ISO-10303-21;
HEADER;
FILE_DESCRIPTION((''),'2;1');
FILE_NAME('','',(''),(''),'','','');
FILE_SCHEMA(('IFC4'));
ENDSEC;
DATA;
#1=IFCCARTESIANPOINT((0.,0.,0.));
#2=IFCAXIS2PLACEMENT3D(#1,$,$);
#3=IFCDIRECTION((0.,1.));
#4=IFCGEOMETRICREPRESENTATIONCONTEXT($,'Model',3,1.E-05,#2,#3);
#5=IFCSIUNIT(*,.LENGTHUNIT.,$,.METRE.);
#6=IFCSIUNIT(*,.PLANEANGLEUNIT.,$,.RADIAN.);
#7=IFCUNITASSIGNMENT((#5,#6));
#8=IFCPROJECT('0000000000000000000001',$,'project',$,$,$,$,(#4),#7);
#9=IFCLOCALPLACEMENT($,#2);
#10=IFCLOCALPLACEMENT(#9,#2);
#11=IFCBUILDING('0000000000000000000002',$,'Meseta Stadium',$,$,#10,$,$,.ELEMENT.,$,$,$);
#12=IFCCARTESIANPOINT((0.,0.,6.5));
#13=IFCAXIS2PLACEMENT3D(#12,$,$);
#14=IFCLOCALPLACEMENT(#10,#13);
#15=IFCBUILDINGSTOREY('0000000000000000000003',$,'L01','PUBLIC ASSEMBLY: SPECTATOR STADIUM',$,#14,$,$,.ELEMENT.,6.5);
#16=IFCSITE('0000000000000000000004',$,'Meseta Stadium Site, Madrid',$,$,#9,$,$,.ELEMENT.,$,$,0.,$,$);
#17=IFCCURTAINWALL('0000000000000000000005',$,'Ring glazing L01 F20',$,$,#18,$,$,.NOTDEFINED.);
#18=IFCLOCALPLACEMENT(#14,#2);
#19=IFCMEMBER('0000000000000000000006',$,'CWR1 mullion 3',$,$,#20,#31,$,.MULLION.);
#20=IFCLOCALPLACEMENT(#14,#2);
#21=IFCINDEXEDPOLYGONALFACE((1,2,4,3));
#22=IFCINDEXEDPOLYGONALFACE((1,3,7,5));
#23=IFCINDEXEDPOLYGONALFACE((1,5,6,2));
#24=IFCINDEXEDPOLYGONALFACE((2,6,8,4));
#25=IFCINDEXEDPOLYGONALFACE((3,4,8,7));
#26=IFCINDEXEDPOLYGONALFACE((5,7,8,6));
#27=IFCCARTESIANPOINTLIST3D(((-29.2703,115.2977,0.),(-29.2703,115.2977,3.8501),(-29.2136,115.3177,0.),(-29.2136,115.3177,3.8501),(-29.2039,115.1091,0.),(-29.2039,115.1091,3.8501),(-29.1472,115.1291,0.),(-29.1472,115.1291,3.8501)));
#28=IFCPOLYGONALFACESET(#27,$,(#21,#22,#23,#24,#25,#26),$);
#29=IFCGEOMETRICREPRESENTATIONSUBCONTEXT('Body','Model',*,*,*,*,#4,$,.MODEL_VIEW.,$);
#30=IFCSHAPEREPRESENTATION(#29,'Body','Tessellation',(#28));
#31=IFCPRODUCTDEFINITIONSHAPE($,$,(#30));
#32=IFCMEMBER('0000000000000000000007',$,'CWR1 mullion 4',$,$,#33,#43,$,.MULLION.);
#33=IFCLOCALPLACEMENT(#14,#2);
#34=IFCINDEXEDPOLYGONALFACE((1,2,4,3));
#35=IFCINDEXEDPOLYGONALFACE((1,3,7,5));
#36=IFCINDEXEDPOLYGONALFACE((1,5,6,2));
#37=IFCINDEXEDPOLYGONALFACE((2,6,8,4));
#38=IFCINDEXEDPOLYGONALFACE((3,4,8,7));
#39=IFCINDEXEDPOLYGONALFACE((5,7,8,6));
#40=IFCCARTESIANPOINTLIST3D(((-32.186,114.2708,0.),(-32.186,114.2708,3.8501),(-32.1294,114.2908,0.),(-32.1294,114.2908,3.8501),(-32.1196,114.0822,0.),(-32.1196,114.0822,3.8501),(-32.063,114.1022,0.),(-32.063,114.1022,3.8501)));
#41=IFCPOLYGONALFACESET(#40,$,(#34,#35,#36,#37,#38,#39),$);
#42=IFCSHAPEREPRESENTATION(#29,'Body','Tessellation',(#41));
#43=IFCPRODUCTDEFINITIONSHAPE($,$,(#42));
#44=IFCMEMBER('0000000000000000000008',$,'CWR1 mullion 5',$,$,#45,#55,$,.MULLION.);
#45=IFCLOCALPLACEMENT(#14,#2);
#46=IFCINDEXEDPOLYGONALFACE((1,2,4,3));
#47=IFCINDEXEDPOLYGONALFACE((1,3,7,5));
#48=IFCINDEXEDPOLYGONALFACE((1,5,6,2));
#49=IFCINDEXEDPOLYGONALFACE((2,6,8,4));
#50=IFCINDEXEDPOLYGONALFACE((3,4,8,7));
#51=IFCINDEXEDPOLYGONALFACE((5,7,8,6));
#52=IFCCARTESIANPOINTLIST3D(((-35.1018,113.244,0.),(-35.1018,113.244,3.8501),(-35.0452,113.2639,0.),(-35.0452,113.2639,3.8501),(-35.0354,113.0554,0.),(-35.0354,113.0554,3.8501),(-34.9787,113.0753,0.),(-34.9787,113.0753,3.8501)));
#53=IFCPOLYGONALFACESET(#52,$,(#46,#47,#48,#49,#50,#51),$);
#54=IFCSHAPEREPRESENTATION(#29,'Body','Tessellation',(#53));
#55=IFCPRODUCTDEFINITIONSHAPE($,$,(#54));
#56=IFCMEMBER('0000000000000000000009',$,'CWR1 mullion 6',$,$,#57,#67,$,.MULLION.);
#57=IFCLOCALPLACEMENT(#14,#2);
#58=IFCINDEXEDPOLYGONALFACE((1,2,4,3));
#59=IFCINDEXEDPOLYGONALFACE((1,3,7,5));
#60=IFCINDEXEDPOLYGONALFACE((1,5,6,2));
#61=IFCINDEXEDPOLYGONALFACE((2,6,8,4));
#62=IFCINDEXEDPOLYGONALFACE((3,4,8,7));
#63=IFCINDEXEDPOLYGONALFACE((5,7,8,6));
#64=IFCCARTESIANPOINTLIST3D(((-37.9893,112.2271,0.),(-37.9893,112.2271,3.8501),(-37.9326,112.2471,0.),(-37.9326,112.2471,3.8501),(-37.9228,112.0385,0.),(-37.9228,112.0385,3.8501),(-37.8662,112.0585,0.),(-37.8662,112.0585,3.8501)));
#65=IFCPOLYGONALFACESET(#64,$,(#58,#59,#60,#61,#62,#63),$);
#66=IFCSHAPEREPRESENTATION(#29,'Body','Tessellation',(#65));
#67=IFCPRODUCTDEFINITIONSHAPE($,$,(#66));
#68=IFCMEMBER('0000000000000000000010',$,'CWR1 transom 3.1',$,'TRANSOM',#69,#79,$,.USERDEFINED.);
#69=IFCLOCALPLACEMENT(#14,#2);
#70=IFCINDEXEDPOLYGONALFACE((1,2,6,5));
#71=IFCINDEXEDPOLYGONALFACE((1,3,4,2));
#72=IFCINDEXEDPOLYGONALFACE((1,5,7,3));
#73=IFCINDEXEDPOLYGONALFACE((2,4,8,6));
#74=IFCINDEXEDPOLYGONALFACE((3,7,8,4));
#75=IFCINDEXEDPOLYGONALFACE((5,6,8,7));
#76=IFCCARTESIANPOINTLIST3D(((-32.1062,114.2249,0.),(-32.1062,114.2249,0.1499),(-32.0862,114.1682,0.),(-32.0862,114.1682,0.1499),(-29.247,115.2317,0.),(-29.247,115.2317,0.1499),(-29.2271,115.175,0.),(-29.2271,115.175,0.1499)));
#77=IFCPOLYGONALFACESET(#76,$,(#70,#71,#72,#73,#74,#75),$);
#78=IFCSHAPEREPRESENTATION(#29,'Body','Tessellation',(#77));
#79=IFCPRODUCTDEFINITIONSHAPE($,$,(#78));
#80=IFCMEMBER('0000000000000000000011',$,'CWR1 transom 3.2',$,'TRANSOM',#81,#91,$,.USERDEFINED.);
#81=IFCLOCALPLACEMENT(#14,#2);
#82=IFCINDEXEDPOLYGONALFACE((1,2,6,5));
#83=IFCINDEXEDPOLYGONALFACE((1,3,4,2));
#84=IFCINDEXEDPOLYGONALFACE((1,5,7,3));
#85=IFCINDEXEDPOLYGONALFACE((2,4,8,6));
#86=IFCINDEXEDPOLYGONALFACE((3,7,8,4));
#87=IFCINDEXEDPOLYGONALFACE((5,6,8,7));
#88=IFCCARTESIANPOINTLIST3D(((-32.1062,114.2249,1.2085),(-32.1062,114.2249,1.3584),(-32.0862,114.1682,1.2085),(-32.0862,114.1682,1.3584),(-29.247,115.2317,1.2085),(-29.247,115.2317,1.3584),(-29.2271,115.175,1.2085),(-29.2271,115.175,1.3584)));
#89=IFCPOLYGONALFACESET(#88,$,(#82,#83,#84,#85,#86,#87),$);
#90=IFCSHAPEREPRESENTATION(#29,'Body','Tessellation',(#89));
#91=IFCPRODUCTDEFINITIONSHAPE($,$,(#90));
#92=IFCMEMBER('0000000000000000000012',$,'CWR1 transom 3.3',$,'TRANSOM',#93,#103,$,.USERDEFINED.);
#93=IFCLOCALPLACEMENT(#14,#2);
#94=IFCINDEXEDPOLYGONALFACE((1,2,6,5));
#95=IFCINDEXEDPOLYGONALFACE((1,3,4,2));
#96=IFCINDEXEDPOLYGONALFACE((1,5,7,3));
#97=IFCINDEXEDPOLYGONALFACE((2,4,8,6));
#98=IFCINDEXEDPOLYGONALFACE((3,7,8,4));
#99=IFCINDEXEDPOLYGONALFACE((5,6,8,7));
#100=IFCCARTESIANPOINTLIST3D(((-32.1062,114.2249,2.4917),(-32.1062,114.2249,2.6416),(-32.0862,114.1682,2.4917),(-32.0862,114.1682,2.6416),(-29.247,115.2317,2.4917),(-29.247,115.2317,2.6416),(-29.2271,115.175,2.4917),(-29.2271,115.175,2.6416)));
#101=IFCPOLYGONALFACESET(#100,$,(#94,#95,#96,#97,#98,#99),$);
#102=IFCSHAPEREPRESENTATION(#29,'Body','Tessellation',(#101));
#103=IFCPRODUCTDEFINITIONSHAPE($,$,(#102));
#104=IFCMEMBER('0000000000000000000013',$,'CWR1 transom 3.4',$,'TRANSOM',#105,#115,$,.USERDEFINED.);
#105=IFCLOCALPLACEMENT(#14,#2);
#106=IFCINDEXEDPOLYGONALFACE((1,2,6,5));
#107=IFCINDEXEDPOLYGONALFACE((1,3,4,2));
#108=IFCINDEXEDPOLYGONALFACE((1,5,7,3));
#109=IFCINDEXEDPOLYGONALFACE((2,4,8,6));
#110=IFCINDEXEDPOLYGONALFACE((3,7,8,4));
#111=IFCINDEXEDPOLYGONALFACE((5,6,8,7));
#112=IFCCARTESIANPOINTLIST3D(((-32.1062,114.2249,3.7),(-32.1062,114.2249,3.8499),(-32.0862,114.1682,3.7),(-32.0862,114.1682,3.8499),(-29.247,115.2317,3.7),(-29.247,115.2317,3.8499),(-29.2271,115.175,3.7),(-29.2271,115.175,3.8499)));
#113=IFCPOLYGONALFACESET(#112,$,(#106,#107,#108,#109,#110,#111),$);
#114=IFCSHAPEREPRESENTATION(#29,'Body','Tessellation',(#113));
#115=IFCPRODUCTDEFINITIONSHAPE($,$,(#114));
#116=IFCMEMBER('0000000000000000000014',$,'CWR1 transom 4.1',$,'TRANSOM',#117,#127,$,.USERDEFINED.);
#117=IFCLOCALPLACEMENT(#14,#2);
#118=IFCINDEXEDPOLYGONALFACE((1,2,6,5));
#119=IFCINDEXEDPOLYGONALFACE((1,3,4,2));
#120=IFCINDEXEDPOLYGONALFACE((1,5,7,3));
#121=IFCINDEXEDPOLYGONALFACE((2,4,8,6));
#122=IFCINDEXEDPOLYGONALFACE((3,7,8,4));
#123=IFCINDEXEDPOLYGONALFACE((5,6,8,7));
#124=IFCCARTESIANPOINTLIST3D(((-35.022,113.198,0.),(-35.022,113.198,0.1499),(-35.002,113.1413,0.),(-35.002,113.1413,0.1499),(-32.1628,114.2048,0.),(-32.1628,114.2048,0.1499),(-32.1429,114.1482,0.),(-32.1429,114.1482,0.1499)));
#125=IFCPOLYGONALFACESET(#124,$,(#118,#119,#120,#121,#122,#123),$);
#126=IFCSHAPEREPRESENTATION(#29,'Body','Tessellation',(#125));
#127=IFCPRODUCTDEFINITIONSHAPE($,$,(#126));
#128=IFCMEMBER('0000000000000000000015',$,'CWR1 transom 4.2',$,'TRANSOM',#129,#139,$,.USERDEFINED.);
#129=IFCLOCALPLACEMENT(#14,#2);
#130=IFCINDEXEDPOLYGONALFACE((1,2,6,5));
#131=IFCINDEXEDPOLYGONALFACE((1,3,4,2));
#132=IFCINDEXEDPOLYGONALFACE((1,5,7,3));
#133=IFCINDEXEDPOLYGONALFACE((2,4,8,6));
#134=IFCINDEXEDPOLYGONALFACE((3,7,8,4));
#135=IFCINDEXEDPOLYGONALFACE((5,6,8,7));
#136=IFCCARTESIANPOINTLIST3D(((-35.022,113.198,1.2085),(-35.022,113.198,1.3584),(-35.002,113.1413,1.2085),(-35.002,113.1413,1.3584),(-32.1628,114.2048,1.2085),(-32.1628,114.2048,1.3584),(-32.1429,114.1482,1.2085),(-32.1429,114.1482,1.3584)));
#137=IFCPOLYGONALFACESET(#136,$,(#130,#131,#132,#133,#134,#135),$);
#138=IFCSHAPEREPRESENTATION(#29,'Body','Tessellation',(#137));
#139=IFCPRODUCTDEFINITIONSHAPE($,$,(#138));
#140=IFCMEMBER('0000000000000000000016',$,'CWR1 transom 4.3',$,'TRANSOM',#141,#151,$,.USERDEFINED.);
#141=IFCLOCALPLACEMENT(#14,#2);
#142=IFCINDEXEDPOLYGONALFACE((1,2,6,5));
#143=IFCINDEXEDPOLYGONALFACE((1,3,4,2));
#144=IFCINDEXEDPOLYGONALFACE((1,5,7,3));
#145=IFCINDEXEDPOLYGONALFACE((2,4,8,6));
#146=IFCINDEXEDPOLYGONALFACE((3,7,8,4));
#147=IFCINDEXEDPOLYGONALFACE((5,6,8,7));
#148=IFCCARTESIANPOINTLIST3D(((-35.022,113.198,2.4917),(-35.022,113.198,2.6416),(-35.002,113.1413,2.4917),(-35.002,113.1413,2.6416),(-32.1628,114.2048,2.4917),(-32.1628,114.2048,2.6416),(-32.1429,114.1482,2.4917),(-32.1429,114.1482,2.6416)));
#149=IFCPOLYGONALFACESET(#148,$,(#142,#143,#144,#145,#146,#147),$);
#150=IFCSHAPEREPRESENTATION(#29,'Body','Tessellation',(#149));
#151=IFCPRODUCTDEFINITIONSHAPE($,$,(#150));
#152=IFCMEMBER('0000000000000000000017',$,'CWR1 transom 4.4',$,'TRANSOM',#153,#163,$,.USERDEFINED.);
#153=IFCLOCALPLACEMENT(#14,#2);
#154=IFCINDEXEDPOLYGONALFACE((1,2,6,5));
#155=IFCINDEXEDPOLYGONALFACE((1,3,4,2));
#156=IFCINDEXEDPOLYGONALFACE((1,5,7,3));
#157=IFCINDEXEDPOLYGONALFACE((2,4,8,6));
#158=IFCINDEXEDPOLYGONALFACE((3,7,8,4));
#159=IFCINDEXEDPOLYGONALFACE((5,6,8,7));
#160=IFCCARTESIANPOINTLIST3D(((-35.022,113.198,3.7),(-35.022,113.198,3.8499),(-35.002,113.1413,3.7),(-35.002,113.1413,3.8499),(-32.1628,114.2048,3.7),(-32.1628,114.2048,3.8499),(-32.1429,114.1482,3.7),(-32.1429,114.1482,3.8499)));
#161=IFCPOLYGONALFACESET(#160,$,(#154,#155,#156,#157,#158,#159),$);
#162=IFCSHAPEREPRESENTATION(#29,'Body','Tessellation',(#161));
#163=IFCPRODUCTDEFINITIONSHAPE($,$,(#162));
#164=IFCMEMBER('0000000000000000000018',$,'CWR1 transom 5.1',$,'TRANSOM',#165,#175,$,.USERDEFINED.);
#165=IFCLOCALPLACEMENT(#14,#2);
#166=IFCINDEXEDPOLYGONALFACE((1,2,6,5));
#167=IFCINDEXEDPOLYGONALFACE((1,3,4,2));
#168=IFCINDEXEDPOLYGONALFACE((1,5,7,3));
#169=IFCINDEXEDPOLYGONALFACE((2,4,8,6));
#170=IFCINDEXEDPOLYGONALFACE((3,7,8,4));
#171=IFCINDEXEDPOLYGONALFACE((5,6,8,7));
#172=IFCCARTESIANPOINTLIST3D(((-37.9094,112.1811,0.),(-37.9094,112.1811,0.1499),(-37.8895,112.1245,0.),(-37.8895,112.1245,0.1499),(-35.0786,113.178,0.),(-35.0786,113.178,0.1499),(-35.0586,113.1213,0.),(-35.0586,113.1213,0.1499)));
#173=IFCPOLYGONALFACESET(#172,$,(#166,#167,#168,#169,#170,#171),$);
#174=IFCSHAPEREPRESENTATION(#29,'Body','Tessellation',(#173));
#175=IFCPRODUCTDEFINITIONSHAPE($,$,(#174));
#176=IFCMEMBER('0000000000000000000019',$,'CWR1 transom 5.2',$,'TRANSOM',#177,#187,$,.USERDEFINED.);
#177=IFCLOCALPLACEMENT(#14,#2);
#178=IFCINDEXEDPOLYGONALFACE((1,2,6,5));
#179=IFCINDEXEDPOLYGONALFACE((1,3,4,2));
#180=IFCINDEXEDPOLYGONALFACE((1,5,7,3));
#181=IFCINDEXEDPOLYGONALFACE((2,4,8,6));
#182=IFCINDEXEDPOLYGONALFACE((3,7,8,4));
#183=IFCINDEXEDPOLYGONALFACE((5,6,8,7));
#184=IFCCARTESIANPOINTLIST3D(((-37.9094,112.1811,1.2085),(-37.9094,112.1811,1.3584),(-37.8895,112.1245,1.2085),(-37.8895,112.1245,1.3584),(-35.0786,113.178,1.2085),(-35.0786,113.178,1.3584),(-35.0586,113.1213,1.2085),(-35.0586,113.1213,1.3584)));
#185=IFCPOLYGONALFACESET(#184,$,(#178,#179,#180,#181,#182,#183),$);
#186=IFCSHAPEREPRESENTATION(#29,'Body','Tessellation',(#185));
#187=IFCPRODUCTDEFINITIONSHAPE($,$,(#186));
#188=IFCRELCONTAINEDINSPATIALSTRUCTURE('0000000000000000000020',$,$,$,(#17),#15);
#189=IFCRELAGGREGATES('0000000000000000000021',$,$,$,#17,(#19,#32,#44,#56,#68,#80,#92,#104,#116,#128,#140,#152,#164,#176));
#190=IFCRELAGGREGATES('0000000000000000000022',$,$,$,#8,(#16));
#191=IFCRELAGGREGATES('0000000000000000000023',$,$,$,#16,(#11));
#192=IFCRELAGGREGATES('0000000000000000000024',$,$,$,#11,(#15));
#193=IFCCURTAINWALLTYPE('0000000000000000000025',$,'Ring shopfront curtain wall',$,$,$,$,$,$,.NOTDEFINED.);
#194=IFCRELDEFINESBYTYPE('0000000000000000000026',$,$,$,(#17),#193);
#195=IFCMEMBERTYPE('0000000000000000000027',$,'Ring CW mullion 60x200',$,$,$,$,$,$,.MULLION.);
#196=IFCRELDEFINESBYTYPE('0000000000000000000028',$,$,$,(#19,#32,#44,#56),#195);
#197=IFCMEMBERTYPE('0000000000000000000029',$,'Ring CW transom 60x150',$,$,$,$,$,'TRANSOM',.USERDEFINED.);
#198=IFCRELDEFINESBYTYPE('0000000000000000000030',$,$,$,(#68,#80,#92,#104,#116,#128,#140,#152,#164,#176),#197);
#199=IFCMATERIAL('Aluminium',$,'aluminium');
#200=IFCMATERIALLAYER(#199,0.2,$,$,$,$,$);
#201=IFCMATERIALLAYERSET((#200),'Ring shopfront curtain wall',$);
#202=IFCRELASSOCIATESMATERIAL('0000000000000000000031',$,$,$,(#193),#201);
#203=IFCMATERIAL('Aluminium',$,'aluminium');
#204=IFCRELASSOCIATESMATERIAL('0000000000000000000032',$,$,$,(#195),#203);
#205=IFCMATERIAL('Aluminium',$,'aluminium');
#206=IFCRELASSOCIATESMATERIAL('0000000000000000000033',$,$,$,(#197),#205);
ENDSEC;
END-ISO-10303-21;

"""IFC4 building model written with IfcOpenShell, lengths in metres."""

from ifc_helpers import new_model, si_unit, direction, frame, origin, origin_2d, place, context, subcontext, project, spatial, rectangle, extrude, material, layer, layer_set, material_profile, profile_set, type_object, element, aggregate, save


model = new_model("IFC4")

# Units and contexts
model_context = context("Model", 3, precision=1e-05, world=origin(), true_north=direction((0.0, 1.0)))
body_context = subcontext(model_context, "Body", "Model", "MODEL_VIEW")
ifc_project = project(units=[si_unit("LENGTHUNIT", "METRE"), si_unit("PLANEANGLEUNIT", "RADIAN")], contexts=[model_context])

# Site, building, storey
site_placement = place(None, origin())
site = spatial("IfcSite", under=ifc_project, at=site_placement, Name="Meseta Stadium Site, Madrid", CompositionType="ELEMENT", RefElevation=0.0)
building_placement = place(site_placement, origin())
building = spatial("IfcBuilding", under=site, at=building_placement, Name="Meseta Stadium", CompositionType="ELEMENT")
storey_placement = place(building_placement, frame((0.0, 0.0, 6.5)))
storey = spatial("IfcBuildingStorey", under=building, at=storey_placement, Name="L01", Description="PUBLIC ASSEMBLY: SPECTATOR STADIUM", CompositionType="ELEMENT", Elevation=6.5)

# Curtain wall, members
ifc_material_1 = material(Name="Aluminium", Category="aluminium")
ifc_layer_1 = layer(ifc_material_1, 0.2)
ifc_layer_set_1 = layer_set([ifc_layer_1], Name="Ring shopfront curtain wall")
curtain_wall_type = type_object("IfcCurtainWallType", Name="Ring shopfront curtain wall", PredefinedType="NOTDEFINED", material=ifc_layer_set_1)
curtain_wall_placement = place(storey_placement, origin())
curtain_wall = element("IfcCurtainWall", 1, at=curtain_wall_placement, inside=storey, type_object=curtain_wall_type, Name="Ring glazing L01 F20", PredefinedType="NOTDEFINED")
ifc_material_2 = material(Name="Aluminium", Category="aluminium")
ifc_material_profile_1 = material_profile(ifc_material_2, rectangle(XDim=0.2, YDim=0.0601, at=origin_2d()), Name="CW 200x60")
ifc_profile_set_1 = profile_set([ifc_material_profile_1], Name="Aluminium")
member_type_1 = type_object("IfcMemberType", Name="Ring CW mullion 60x200", PredefinedType="MULLION", material=ifc_profile_set_1)
member_1_placement = place(storey_placement, frame((-29.2087, 115.2134, 0.0), z_axis=(0.0, 0.0, 1.0), x_axis=(0.332174, -0.943218, 0.0)))
member_1 = element("IfcMember", 2, at=member_1_placement, type_object=member_type_1, Name="CWR1 mullion 3", PredefinedType="MULLION", context=body_context, shape_type="SweptSolid", body=[
    extrude(rectangle(XDim=0.2, YDim=0.0601, at=origin_2d()), origin(), (0.0, 0.0, 1.0), 3.8501),
])
member_2_placement = place(storey_placement, frame((-32.1245, 114.1865, 0.0), z_axis=(0.0, 0.0, 1.0), x_axis=(0.332174, -0.943218, 0.0)))
member_2 = element("IfcMember", 3, at=member_2_placement, type_object=member_type_1, Name="CWR1 mullion 4", PredefinedType="MULLION", context=body_context, shape_type="SweptSolid", body=[
    extrude(rectangle(XDim=0.2, YDim=0.0601, at=origin_2d()), origin(), (0.0, 0.0, 1.0), 3.8501),
])
member_3_placement = place(storey_placement, frame((-35.0403, 113.1597, 0.0), z_axis=(0.0, 0.0, 1.0), x_axis=(0.332174, -0.943218, 0.0)))
member_3 = element("IfcMember", 4, at=member_3_placement, type_object=member_type_1, Name="CWR1 mullion 5", PredefinedType="MULLION", context=body_context, shape_type="SweptSolid", body=[
    extrude(rectangle(XDim=0.2, YDim=0.0601, at=origin_2d()), origin(), (0.0, 0.0, 1.0), 3.8501),
])
member_4_placement = place(storey_placement, frame((-37.9277, 112.1428, 0.0), z_axis=(0.0, 0.0, 1.0), x_axis=(0.332174, -0.943218, 0.0)))
member_4 = element("IfcMember", 5, at=member_4_placement, type_object=member_type_1, Name="CWR1 mullion 6", PredefinedType="MULLION", context=body_context, shape_type="SweptSolid", body=[
    extrude(rectangle(XDim=0.2, YDim=0.0601, at=origin_2d()), origin(), (0.0, 0.0, 1.0), 3.8501),
])
ifc_material_3 = material(Name="Aluminium", Category="aluminium")
ifc_material_profile_2 = material_profile(ifc_material_3, rectangle(XDim=0.0601, YDim=0.1499, at=origin_2d()), Name="CW 60x150")
ifc_profile_set_2 = profile_set([ifc_material_profile_2], Name="Aluminium")
member_type_2 = type_object("IfcMemberType", Name="Ring CW transom 60x150", ElementType="TRANSOM", PredefinedType="USERDEFINED", material=ifc_profile_set_2)
member_5_placement = place(storey_placement, frame((-29.2371, 115.2034, 0.075), z_axis=(-0.943225, -0.332154, 0.0), x_axis=(0.332154, -0.943225, 0.0)))
member_5 = element("IfcMember", 6, at=member_5_placement, type_object=member_type_2, Name="CWR1 transom 3.1", ObjectType="TRANSOM", PredefinedType="USERDEFINED", context=body_context, shape_type="SweptSolid", body=[
    extrude(rectangle(XDim=0.0601, YDim=0.1499, at=origin_2d()), origin(), (0.0, 0.0, 1.0), 3.0312),
])
member_6_placement = place(storey_placement, frame((-29.2371, 115.2034, 1.2834), z_axis=(-0.943225, -0.332154, 0.0), x_axis=(0.332154, -0.943225, 0.0)))
member_6 = element("IfcMember", 7, at=member_6_placement, type_object=member_type_2, Name="CWR1 transom 3.2", ObjectType="TRANSOM", PredefinedType="USERDEFINED", context=body_context, shape_type="SweptSolid", body=[
    extrude(rectangle(XDim=0.0601, YDim=0.1499, at=origin_2d()), origin(), (0.0, 0.0, 1.0), 3.0312),
])
member_7_placement = place(storey_placement, frame((-29.2371, 115.2034, 2.5667), z_axis=(-0.943225, -0.332154, 0.0), x_axis=(0.332154, -0.943225, 0.0)))
member_7 = element("IfcMember", 8, at=member_7_placement, type_object=member_type_2, Name="CWR1 transom 3.3", ObjectType="TRANSOM", PredefinedType="USERDEFINED", context=body_context, shape_type="SweptSolid", body=[
    extrude(rectangle(XDim=0.0601, YDim=0.1499, at=origin_2d()), origin(), (0.0, 0.0, 1.0), 3.0312),
])
member_8_placement = place(storey_placement, frame((-29.2371, 115.2034, 3.7749), z_axis=(-0.943225, -0.332154, 0.0), x_axis=(0.332154, -0.943225, 0.0)))
member_8 = element("IfcMember", 9, at=member_8_placement, type_object=member_type_2, Name="CWR1 transom 3.4", ObjectType="TRANSOM", PredefinedType="USERDEFINED", context=body_context, shape_type="SweptSolid", body=[
    extrude(rectangle(XDim=0.0601, YDim=0.1499, at=origin_2d()), origin(), (0.0, 0.0, 1.0), 3.0312),
])
member_9_placement = place(storey_placement, frame((-32.1528, 114.1765, 0.075), z_axis=(-0.943225, -0.332154, 0.0), x_axis=(0.332154, -0.943225, 0.0)))
member_9 = element("IfcMember", 10, at=member_9_placement, type_object=member_type_2, Name="CWR1 transom 4.1", ObjectType="TRANSOM", PredefinedType="USERDEFINED", context=body_context, shape_type="SweptSolid", body=[
    extrude(rectangle(XDim=0.0601, YDim=0.1499, at=origin_2d()), origin(), (0.0, 0.0, 1.0), 3.0312),
])
member_10_placement = place(storey_placement, frame((-32.1528, 114.1765, 1.2834), z_axis=(-0.943225, -0.332154, 0.0), x_axis=(0.332154, -0.943225, 0.0)))
member_10 = element("IfcMember", 11, at=member_10_placement, type_object=member_type_2, Name="CWR1 transom 4.2", ObjectType="TRANSOM", PredefinedType="USERDEFINED", context=body_context, shape_type="SweptSolid", body=[
    extrude(rectangle(XDim=0.0601, YDim=0.1499, at=origin_2d()), origin(), (0.0, 0.0, 1.0), 3.0312),
])
member_11_placement = place(storey_placement, frame((-32.1528, 114.1765, 2.5667), z_axis=(-0.943225, -0.332154, 0.0), x_axis=(0.332154, -0.943225, 0.0)))
member_11 = element("IfcMember", 12, at=member_11_placement, type_object=member_type_2, Name="CWR1 transom 4.3", ObjectType="TRANSOM", PredefinedType="USERDEFINED", context=body_context, shape_type="SweptSolid", body=[
    extrude(rectangle(XDim=0.0601, YDim=0.1499, at=origin_2d()), origin(), (0.0, 0.0, 1.0), 3.0312),
])
member_12_placement = place(storey_placement, frame((-32.1528, 114.1765, 3.7749), z_axis=(-0.943225, -0.332154, 0.0), x_axis=(0.332154, -0.943225, 0.0)))
member_12 = element("IfcMember", 13, at=member_12_placement, type_object=member_type_2, Name="CWR1 transom 4.4", ObjectType="TRANSOM", PredefinedType="USERDEFINED", context=body_context, shape_type="SweptSolid", body=[
    extrude(rectangle(XDim=0.0601, YDim=0.1499, at=origin_2d()), origin(), (0.0, 0.0, 1.0), 3.0312),
])
member_13_placement = place(storey_placement, frame((-35.0686, 113.1497, 0.075), z_axis=(-0.943229, -0.332143, 0.0), x_axis=(0.332143, -0.943229, 0.0)))
member_13 = element("IfcMember", 14, at=member_13_placement, type_object=member_type_2, Name="CWR1 transom 5.1", ObjectType="TRANSOM", PredefinedType="USERDEFINED", context=body_context, shape_type="SweptSolid", body=[
    extrude(rectangle(XDim=0.0601, YDim=0.1499, at=origin_2d()), origin(), (0.0, 0.0, 1.0), 3.0012),
])
member_14_placement = place(storey_placement, frame((-35.0686, 113.1497, 1.2834), z_axis=(-0.943229, -0.332143, 0.0), x_axis=(0.332143, -0.943229, 0.0)))
member_14 = element("IfcMember", 15, at=member_14_placement, type_object=member_type_2, Name="CWR1 transom 5.2", ObjectType="TRANSOM", PredefinedType="USERDEFINED", context=body_context, shape_type="SweptSolid", body=[
    extrude(rectangle(XDim=0.0601, YDim=0.1499, at=origin_2d()), origin(), (0.0, 0.0, 1.0), 3.0012),
])
aggregate(curtain_wall, [member_1, member_2, member_3, member_4, member_5, member_6, member_7, member_8, member_9, member_10, member_11, member_12, member_13, member_14])

save(model, "model.ifc")
